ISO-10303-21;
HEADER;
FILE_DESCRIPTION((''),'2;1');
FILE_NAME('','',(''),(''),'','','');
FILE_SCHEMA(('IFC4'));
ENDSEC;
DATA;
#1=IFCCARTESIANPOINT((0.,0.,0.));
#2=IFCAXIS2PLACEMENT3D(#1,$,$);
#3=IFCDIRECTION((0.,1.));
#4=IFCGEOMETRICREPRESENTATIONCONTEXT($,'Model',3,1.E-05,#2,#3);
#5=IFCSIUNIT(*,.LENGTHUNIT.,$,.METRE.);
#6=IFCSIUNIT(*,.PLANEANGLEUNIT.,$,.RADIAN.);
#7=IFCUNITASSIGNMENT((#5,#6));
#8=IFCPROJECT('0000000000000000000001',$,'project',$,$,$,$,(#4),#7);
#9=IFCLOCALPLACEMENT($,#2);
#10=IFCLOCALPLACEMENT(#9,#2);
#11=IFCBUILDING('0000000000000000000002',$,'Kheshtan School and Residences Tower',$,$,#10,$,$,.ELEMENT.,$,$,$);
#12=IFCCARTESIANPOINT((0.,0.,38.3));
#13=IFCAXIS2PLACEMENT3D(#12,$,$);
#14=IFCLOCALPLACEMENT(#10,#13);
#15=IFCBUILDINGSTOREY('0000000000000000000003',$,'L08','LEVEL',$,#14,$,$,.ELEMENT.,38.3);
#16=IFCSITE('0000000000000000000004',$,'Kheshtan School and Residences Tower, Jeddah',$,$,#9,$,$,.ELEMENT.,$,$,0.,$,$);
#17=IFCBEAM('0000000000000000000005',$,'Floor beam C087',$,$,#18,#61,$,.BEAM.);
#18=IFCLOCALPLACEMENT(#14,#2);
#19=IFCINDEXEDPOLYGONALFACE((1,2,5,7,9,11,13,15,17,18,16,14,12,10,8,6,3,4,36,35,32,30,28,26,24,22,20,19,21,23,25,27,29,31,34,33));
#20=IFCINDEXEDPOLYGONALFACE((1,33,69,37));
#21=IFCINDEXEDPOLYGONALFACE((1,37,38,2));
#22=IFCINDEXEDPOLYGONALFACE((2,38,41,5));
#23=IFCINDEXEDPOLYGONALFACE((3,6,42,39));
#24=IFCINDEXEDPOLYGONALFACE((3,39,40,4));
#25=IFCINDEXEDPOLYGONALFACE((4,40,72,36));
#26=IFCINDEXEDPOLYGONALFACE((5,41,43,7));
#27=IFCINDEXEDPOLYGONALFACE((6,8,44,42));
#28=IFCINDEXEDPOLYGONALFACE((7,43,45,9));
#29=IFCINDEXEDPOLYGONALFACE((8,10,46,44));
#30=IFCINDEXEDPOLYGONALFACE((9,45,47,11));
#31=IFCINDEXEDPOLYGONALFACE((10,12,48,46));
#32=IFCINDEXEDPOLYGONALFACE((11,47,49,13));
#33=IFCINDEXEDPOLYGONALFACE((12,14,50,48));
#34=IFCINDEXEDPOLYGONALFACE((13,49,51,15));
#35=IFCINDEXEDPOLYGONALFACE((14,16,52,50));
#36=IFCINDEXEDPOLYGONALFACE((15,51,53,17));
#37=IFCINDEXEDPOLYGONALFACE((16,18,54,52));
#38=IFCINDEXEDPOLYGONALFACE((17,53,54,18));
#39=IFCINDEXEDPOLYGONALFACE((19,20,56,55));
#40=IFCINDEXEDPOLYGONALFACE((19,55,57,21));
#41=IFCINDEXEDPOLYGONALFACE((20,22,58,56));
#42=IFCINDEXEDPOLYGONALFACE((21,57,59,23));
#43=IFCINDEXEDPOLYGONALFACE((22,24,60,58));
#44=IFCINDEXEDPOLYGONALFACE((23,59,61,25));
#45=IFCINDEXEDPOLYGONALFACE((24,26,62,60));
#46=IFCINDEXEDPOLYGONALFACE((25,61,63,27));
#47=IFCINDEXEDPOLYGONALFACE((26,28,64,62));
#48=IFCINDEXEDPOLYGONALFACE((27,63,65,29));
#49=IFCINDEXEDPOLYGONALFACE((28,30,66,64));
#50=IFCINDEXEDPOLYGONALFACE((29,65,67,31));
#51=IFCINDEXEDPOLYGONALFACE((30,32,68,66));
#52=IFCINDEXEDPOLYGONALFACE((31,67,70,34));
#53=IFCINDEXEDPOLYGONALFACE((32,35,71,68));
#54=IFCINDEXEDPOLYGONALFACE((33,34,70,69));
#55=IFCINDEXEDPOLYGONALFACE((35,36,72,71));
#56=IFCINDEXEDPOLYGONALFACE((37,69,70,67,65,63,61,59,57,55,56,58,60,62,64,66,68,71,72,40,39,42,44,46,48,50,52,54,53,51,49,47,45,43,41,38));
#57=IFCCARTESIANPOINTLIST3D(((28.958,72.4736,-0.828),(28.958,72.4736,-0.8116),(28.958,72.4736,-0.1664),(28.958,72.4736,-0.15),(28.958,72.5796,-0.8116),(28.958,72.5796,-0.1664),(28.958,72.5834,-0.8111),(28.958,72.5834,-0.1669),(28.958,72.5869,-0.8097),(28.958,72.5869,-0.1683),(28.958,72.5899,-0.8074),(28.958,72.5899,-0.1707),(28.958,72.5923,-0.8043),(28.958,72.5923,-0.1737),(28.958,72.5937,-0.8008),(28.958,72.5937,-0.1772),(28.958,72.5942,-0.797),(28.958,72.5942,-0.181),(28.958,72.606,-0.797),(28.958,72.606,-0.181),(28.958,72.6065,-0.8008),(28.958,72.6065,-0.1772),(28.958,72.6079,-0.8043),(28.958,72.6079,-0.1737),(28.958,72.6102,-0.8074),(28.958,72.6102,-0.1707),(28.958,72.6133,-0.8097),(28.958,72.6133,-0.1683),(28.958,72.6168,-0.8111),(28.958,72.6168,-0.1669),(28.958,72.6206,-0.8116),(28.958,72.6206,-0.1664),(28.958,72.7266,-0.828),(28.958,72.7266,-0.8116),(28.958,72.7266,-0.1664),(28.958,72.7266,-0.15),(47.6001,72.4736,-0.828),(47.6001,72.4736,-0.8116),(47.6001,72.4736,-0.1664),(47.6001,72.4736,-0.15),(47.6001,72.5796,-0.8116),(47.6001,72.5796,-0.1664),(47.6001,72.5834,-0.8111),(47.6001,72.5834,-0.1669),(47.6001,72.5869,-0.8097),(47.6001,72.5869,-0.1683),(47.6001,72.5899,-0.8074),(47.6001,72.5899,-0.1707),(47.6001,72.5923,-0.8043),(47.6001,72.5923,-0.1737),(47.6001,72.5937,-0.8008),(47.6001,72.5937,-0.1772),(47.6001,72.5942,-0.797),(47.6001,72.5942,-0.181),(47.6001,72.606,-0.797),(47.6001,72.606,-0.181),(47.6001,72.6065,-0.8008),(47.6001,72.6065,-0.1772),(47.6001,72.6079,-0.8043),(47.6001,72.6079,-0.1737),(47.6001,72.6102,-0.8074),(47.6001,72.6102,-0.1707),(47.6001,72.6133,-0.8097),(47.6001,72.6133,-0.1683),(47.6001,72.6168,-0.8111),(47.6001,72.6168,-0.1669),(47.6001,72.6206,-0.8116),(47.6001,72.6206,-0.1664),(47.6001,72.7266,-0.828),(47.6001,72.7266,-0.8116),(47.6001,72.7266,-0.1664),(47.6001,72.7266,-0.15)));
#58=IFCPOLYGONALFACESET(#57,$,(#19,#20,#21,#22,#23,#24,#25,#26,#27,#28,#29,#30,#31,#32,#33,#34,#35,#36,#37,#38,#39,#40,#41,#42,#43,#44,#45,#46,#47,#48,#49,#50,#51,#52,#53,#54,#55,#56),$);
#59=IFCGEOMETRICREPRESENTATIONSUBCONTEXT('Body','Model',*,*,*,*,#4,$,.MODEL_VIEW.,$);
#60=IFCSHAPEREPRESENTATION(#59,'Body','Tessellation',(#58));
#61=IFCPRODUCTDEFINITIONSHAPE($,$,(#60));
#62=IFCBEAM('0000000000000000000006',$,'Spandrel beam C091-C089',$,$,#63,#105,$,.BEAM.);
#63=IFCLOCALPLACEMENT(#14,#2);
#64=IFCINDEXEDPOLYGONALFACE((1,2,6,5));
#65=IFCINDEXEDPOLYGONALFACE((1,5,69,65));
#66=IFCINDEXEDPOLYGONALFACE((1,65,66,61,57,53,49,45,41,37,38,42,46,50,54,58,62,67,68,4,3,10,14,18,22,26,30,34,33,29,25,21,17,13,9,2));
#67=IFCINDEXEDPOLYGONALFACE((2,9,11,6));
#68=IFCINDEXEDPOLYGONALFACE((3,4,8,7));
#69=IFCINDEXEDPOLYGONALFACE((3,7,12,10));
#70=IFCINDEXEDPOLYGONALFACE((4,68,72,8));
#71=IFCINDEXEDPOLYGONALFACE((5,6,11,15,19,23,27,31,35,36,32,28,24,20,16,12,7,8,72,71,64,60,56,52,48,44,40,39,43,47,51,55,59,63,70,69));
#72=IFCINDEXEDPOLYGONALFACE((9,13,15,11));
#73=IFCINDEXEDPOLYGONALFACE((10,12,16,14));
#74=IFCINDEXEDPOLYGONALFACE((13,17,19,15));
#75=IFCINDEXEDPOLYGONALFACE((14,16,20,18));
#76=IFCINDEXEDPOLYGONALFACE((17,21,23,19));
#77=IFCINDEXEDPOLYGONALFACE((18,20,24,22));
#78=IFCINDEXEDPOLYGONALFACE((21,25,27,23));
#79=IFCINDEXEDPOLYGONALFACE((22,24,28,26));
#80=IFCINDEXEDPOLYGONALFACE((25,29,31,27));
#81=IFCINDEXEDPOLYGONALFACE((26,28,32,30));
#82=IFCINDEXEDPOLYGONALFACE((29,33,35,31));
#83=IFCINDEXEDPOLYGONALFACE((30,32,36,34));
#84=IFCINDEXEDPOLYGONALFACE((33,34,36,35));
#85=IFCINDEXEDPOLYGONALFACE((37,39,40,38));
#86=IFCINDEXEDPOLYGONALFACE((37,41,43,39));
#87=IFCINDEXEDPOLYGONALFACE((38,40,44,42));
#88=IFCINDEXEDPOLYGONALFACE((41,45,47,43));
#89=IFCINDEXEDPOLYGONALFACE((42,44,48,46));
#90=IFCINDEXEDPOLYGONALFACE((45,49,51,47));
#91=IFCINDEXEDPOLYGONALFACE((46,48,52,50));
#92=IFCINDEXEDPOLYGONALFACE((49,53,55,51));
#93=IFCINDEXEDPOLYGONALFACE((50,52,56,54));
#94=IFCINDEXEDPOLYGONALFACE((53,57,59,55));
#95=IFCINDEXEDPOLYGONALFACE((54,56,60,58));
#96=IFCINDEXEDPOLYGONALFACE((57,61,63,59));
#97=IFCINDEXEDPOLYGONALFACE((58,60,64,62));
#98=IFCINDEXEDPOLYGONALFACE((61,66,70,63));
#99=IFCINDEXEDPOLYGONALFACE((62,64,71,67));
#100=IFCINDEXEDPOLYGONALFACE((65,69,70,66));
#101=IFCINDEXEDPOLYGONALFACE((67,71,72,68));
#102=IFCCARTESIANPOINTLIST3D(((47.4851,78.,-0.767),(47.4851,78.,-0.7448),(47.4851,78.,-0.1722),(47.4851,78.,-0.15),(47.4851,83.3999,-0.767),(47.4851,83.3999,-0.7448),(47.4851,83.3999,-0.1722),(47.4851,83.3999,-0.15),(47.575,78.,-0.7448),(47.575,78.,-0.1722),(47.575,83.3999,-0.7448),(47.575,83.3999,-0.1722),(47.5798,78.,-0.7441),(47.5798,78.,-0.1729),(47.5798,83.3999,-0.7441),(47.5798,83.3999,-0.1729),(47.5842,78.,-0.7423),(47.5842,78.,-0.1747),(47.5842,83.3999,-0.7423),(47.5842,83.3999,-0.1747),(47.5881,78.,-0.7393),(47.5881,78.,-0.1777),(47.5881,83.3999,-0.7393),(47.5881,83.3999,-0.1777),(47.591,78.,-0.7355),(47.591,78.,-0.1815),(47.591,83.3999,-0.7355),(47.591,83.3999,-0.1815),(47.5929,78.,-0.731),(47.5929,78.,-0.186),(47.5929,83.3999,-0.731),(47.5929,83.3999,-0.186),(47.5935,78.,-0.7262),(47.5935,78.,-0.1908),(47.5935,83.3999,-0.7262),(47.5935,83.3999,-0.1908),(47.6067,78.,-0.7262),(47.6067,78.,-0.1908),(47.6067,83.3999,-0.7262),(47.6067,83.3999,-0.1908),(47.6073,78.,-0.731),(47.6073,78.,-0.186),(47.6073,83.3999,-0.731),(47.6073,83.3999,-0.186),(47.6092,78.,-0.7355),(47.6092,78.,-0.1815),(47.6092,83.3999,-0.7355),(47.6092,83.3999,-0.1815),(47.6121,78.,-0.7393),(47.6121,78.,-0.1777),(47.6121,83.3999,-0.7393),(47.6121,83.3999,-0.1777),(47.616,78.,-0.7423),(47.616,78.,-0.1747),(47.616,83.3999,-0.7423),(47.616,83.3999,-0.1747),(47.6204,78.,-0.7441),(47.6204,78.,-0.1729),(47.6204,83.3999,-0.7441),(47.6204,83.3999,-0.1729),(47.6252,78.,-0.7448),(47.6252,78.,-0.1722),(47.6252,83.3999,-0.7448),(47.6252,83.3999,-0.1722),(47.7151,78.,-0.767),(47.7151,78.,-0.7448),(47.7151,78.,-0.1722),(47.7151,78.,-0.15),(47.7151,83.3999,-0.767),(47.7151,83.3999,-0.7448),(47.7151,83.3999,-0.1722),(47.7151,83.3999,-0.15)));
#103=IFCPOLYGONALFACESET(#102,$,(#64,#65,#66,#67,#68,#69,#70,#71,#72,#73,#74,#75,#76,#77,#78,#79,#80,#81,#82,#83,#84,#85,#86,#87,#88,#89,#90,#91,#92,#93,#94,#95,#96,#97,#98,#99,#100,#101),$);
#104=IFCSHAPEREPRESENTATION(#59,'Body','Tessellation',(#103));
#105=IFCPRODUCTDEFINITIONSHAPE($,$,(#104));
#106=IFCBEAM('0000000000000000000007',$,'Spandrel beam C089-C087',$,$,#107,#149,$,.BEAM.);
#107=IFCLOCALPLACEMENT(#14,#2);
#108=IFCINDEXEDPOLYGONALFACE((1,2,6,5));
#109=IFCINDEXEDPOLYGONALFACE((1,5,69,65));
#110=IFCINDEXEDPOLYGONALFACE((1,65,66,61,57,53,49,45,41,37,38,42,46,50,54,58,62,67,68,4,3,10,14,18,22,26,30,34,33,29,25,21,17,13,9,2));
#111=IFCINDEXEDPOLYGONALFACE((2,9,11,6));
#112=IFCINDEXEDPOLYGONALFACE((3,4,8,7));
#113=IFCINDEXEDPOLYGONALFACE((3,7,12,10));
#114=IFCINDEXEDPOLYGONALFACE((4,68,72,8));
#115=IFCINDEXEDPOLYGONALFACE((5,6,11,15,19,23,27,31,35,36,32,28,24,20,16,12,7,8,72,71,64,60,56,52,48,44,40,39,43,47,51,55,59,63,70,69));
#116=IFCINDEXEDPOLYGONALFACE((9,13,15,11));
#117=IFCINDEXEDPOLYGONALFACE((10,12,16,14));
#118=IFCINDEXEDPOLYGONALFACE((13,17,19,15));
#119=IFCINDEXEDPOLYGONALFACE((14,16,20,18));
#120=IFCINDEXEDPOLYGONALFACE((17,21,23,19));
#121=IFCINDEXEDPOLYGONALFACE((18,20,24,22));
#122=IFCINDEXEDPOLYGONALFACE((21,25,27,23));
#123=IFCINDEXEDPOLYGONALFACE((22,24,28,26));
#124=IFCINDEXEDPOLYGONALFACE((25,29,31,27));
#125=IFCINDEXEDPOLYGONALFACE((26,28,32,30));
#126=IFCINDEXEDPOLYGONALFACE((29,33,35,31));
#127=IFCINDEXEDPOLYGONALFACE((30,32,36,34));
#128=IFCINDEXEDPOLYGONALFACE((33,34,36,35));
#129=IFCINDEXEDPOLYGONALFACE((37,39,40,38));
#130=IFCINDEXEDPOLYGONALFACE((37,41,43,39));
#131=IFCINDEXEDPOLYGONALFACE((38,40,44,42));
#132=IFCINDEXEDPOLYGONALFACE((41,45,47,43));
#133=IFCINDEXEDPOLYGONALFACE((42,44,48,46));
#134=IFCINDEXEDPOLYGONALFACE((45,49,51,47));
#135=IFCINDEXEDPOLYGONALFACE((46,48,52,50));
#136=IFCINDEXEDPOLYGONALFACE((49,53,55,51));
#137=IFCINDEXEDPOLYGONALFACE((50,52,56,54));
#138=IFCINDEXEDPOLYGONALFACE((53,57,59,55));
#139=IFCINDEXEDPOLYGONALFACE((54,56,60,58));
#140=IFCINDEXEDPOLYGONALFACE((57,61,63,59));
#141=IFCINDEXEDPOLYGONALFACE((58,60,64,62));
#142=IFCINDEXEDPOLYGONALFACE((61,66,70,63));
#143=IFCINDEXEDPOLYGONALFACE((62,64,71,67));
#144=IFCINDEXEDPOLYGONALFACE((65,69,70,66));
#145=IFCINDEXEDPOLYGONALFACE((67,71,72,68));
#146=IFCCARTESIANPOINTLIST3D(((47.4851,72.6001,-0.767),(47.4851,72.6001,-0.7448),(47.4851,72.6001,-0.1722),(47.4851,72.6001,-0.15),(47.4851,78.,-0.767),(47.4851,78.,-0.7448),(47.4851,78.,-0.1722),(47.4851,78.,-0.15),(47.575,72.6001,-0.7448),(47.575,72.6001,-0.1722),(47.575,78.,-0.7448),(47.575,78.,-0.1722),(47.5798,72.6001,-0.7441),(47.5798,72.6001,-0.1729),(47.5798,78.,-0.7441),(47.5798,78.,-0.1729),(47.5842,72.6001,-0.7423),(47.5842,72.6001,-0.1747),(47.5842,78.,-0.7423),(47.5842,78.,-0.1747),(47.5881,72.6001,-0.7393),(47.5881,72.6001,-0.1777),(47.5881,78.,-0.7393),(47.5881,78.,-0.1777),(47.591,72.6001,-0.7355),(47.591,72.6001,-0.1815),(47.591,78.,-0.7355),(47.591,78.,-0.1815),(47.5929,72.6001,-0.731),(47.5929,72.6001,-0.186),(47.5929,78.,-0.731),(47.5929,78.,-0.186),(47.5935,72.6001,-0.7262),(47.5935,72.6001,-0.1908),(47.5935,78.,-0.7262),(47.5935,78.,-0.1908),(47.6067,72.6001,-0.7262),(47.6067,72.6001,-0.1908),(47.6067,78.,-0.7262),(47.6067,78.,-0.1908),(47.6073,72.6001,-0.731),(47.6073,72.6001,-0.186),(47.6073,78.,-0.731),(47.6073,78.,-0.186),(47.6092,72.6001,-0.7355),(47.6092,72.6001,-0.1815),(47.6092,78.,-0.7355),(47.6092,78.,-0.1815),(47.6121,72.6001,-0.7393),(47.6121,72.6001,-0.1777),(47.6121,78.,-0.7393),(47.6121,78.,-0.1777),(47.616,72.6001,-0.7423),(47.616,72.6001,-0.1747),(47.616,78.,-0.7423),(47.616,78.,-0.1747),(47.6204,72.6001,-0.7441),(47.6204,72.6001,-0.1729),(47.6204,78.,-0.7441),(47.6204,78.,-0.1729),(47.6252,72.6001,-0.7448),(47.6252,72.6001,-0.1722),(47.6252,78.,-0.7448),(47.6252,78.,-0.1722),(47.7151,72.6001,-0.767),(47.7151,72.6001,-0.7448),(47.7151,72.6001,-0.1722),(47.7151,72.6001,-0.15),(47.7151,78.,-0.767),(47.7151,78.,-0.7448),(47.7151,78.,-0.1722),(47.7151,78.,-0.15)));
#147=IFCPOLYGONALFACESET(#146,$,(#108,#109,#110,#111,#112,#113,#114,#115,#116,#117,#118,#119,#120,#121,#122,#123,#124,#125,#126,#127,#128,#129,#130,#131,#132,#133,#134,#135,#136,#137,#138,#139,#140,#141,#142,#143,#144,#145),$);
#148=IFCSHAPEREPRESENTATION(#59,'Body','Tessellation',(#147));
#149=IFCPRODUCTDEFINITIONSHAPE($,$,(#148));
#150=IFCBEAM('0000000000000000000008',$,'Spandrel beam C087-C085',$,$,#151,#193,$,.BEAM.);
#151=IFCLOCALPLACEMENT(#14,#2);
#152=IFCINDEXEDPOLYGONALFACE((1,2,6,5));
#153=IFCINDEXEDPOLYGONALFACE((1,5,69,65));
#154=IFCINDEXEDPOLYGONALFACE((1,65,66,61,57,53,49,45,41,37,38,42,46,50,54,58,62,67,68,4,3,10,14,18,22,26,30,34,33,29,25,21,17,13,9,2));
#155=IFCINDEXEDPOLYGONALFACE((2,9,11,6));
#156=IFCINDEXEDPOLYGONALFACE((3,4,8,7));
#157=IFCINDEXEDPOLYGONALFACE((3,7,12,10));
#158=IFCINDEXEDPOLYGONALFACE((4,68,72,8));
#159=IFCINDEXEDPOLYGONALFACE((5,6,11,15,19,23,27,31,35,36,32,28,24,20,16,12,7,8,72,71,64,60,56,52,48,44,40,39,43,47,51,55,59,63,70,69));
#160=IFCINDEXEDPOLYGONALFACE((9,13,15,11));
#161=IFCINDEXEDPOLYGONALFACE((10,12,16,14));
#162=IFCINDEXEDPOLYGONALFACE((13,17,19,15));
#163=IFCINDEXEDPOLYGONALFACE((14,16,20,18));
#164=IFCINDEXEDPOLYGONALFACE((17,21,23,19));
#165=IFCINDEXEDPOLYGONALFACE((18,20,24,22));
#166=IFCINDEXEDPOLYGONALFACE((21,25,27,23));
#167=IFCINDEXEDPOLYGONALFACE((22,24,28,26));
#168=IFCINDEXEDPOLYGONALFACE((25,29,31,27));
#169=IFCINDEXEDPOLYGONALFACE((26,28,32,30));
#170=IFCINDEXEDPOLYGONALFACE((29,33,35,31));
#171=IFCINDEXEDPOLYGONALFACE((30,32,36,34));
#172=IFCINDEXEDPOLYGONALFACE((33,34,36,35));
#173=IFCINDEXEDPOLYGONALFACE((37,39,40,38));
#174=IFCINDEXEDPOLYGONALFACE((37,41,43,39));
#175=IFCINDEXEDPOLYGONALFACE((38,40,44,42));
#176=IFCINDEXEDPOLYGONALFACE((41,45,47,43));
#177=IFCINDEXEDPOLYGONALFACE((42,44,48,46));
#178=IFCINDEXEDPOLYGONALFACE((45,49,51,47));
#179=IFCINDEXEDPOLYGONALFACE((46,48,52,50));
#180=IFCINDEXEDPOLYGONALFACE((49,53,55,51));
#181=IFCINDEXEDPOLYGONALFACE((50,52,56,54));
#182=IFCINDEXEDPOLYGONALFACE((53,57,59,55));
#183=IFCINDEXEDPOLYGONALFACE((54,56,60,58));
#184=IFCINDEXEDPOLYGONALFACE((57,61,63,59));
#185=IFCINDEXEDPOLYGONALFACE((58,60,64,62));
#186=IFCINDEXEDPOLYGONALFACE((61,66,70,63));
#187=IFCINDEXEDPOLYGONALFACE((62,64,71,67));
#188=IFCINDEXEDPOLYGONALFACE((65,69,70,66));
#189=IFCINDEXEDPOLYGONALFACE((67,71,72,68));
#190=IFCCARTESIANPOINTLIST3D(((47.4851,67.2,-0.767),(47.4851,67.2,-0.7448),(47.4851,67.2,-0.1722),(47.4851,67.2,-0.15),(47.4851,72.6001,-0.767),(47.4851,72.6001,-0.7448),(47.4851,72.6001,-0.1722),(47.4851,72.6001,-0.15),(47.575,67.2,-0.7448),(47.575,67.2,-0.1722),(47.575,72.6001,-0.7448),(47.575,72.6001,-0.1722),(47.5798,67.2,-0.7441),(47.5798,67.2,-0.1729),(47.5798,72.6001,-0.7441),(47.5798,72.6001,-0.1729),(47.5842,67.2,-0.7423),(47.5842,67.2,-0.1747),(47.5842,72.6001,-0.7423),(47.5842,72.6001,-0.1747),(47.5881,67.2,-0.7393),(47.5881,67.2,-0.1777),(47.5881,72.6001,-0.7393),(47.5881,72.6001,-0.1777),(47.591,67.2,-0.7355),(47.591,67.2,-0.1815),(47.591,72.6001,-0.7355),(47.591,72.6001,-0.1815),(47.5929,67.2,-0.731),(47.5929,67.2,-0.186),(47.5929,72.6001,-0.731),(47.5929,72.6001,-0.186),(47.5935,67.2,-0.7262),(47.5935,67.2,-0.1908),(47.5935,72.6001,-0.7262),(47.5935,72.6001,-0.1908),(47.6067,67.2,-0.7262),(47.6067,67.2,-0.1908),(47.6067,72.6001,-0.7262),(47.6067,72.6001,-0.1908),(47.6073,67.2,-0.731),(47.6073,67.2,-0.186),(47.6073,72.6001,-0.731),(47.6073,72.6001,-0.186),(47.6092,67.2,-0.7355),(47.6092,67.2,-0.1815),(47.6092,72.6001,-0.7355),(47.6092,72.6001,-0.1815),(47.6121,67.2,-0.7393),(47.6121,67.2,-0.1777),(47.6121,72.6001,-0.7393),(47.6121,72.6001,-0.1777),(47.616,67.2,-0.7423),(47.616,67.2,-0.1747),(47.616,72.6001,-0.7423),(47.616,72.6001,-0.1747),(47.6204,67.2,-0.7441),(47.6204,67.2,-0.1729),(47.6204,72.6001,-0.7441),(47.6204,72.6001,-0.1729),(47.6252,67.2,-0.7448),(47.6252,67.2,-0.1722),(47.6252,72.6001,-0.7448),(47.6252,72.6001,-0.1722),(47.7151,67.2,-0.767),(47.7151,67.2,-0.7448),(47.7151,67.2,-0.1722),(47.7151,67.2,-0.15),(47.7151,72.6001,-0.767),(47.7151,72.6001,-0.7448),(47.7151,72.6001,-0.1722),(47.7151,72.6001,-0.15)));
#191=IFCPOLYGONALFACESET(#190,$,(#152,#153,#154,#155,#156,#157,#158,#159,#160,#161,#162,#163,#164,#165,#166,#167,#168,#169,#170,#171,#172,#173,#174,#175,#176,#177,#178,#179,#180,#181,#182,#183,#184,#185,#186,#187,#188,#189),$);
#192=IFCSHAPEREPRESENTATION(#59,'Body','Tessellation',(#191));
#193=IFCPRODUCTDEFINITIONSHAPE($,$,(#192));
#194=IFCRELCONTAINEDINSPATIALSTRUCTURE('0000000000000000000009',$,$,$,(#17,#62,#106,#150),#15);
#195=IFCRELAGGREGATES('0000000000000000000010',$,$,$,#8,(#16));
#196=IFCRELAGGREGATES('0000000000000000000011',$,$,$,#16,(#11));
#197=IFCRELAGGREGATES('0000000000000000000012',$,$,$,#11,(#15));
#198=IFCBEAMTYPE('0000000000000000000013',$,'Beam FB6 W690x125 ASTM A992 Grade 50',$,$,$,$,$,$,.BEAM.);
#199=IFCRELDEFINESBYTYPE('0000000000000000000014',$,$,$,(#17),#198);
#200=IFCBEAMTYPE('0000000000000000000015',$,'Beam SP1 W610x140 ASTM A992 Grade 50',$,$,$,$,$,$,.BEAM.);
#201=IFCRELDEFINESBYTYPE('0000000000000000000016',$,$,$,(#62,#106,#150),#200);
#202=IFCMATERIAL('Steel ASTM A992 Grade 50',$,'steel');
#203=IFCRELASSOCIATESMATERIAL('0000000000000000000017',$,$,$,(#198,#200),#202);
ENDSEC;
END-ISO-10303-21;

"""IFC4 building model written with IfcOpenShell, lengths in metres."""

from ifc_helpers import new_model, si_unit, direction, frame, origin, origin_2d, place, context, subcontext, project, spatial, i_section, extrude, material, material_profile, profile_set, type_object, element, save


model = new_model("IFC4")

# Units and contexts
model_context = context("Model", 3, precision=1e-05, world=origin(), true_north=direction((0.0, 1.0)))
body_context = subcontext(model_context, "Body", "Model", "MODEL_VIEW")
ifc_project = project(units=[si_unit("LENGTHUNIT", "METRE"), si_unit("PLANEANGLEUNIT", "RADIAN")], contexts=[model_context])

# Site, building, storey
site_placement = place(None, origin())
site = spatial("IfcSite", under=ifc_project, at=site_placement, Name="Kheshtan School and Residences Tower, Jeddah", CompositionType="ELEMENT", RefElevation=0.0)
building_placement = place(site_placement, origin())
building = spatial("IfcBuilding", under=site, at=building_placement, Name="Kheshtan School and Residences Tower", CompositionType="ELEMENT")
storey_placement = place(building_placement, frame((0.0, 0.0, 38.3)))
storey = spatial("IfcBuildingStorey", under=building, at=storey_placement, Name="L08", Description="LEVEL", CompositionType="ELEMENT", Elevation=38.3)

# Shared definitions
ifc_material_1 = material(Name="Steel ASTM A992 Grade 50", Category="steel")

# Beams
ifc_material_profile_1 = material_profile(ifc_material_1, i_section(OverallWidth=0.2529, OverallDepth=0.678, WebThickness=0.0117, FlangeThickness=0.0164, FilletRadius=0.0146, at=origin_2d()), Name="W690x125")
ifc_profile_set_1 = profile_set([ifc_material_profile_1], Name="Steel ASTM A992 Grade 50")
beam_type_1 = type_object("IfcBeamType", Name="Beam FB6 W690x125 ASTM A992 Grade 50", PredefinedType="BEAM", material=ifc_profile_set_1)
beam_1_placement = place(storey_placement, frame((47.6001, 72.6001, -0.489), z_axis=(-1.0, 0.0, 0.0), x_axis=(0.0, -1.0, 0.0)))
element("IfcBeam", 1, at=beam_1_placement, inside=storey, type_object=beam_type_1, Name="Floor beam C087", PredefinedType="BEAM", context=body_context, shape_type="SweptSolid", body=[
    extrude(i_section(OverallWidth=0.2529, OverallDepth=0.678, WebThickness=0.0117, FlangeThickness=0.0164, FilletRadius=0.0146, at=origin_2d()), origin(), (0.0, 0.0, 1.0), 18.6421),
])
ifc_material_profile_2 = material_profile(ifc_material_1, i_section(OverallWidth=0.23, OverallDepth=0.6169, WebThickness=0.0132, FlangeThickness=0.0222, FilletRadius=0.0186, at=origin_2d()), Name="W610x140")
ifc_profile_set_2 = profile_set([ifc_material_profile_2], Name="Steel ASTM A992 Grade 50")
beam_type_2 = type_object("IfcBeamType", Name="Beam SP1 W610x140 ASTM A992 Grade 50", PredefinedType="BEAM", material=ifc_profile_set_2)
for number, where, z_axis, x_axis, name in (
    (2, (47.6001, 83.3999, -0.4585), (0.0, -1.0, 0.0), (1.0, 0.0, 0.0), "Spandrel beam C091-C089"),
    (3, (47.6001, 78.0, -0.4585), (0.0, -1.0, 0.0), (1.0, 0.0, 0.0), "Spandrel beam C089-C087"),
):
    element("IfcBeam", number, at=place(storey_placement, frame(where, z_axis=z_axis, x_axis=x_axis)), inside=storey, type_object=beam_type_2, Name=name, PredefinedType="BEAM", context=body_context, shape_type="SweptSolid", body=[
        extrude(i_section(OverallWidth=0.23, OverallDepth=0.6169, WebThickness=0.0132, FlangeThickness=0.0222, FilletRadius=0.0186, at=origin_2d()), origin(), (0.0, 0.0, 1.0), 5.3999),
    ])
beam_2_placement = place(storey_placement, frame((47.6001, 72.6001, -0.4585), z_axis=(0.0, -1.0, 0.0), x_axis=(1.0, 0.0, 0.0)))
element("IfcBeam", 4, at=beam_2_placement, inside=storey, type_object=beam_type_2, Name="Spandrel beam C087-C085", PredefinedType="BEAM", context=body_context, shape_type="SweptSolid", body=[
    extrude(i_section(OverallWidth=0.23, OverallDepth=0.6169, WebThickness=0.0132, FlangeThickness=0.0222, FilletRadius=0.0186, at=origin_2d()), origin(), (0.0, 0.0, 1.0), 5.4001),
])

save(model, "model.ifc")
